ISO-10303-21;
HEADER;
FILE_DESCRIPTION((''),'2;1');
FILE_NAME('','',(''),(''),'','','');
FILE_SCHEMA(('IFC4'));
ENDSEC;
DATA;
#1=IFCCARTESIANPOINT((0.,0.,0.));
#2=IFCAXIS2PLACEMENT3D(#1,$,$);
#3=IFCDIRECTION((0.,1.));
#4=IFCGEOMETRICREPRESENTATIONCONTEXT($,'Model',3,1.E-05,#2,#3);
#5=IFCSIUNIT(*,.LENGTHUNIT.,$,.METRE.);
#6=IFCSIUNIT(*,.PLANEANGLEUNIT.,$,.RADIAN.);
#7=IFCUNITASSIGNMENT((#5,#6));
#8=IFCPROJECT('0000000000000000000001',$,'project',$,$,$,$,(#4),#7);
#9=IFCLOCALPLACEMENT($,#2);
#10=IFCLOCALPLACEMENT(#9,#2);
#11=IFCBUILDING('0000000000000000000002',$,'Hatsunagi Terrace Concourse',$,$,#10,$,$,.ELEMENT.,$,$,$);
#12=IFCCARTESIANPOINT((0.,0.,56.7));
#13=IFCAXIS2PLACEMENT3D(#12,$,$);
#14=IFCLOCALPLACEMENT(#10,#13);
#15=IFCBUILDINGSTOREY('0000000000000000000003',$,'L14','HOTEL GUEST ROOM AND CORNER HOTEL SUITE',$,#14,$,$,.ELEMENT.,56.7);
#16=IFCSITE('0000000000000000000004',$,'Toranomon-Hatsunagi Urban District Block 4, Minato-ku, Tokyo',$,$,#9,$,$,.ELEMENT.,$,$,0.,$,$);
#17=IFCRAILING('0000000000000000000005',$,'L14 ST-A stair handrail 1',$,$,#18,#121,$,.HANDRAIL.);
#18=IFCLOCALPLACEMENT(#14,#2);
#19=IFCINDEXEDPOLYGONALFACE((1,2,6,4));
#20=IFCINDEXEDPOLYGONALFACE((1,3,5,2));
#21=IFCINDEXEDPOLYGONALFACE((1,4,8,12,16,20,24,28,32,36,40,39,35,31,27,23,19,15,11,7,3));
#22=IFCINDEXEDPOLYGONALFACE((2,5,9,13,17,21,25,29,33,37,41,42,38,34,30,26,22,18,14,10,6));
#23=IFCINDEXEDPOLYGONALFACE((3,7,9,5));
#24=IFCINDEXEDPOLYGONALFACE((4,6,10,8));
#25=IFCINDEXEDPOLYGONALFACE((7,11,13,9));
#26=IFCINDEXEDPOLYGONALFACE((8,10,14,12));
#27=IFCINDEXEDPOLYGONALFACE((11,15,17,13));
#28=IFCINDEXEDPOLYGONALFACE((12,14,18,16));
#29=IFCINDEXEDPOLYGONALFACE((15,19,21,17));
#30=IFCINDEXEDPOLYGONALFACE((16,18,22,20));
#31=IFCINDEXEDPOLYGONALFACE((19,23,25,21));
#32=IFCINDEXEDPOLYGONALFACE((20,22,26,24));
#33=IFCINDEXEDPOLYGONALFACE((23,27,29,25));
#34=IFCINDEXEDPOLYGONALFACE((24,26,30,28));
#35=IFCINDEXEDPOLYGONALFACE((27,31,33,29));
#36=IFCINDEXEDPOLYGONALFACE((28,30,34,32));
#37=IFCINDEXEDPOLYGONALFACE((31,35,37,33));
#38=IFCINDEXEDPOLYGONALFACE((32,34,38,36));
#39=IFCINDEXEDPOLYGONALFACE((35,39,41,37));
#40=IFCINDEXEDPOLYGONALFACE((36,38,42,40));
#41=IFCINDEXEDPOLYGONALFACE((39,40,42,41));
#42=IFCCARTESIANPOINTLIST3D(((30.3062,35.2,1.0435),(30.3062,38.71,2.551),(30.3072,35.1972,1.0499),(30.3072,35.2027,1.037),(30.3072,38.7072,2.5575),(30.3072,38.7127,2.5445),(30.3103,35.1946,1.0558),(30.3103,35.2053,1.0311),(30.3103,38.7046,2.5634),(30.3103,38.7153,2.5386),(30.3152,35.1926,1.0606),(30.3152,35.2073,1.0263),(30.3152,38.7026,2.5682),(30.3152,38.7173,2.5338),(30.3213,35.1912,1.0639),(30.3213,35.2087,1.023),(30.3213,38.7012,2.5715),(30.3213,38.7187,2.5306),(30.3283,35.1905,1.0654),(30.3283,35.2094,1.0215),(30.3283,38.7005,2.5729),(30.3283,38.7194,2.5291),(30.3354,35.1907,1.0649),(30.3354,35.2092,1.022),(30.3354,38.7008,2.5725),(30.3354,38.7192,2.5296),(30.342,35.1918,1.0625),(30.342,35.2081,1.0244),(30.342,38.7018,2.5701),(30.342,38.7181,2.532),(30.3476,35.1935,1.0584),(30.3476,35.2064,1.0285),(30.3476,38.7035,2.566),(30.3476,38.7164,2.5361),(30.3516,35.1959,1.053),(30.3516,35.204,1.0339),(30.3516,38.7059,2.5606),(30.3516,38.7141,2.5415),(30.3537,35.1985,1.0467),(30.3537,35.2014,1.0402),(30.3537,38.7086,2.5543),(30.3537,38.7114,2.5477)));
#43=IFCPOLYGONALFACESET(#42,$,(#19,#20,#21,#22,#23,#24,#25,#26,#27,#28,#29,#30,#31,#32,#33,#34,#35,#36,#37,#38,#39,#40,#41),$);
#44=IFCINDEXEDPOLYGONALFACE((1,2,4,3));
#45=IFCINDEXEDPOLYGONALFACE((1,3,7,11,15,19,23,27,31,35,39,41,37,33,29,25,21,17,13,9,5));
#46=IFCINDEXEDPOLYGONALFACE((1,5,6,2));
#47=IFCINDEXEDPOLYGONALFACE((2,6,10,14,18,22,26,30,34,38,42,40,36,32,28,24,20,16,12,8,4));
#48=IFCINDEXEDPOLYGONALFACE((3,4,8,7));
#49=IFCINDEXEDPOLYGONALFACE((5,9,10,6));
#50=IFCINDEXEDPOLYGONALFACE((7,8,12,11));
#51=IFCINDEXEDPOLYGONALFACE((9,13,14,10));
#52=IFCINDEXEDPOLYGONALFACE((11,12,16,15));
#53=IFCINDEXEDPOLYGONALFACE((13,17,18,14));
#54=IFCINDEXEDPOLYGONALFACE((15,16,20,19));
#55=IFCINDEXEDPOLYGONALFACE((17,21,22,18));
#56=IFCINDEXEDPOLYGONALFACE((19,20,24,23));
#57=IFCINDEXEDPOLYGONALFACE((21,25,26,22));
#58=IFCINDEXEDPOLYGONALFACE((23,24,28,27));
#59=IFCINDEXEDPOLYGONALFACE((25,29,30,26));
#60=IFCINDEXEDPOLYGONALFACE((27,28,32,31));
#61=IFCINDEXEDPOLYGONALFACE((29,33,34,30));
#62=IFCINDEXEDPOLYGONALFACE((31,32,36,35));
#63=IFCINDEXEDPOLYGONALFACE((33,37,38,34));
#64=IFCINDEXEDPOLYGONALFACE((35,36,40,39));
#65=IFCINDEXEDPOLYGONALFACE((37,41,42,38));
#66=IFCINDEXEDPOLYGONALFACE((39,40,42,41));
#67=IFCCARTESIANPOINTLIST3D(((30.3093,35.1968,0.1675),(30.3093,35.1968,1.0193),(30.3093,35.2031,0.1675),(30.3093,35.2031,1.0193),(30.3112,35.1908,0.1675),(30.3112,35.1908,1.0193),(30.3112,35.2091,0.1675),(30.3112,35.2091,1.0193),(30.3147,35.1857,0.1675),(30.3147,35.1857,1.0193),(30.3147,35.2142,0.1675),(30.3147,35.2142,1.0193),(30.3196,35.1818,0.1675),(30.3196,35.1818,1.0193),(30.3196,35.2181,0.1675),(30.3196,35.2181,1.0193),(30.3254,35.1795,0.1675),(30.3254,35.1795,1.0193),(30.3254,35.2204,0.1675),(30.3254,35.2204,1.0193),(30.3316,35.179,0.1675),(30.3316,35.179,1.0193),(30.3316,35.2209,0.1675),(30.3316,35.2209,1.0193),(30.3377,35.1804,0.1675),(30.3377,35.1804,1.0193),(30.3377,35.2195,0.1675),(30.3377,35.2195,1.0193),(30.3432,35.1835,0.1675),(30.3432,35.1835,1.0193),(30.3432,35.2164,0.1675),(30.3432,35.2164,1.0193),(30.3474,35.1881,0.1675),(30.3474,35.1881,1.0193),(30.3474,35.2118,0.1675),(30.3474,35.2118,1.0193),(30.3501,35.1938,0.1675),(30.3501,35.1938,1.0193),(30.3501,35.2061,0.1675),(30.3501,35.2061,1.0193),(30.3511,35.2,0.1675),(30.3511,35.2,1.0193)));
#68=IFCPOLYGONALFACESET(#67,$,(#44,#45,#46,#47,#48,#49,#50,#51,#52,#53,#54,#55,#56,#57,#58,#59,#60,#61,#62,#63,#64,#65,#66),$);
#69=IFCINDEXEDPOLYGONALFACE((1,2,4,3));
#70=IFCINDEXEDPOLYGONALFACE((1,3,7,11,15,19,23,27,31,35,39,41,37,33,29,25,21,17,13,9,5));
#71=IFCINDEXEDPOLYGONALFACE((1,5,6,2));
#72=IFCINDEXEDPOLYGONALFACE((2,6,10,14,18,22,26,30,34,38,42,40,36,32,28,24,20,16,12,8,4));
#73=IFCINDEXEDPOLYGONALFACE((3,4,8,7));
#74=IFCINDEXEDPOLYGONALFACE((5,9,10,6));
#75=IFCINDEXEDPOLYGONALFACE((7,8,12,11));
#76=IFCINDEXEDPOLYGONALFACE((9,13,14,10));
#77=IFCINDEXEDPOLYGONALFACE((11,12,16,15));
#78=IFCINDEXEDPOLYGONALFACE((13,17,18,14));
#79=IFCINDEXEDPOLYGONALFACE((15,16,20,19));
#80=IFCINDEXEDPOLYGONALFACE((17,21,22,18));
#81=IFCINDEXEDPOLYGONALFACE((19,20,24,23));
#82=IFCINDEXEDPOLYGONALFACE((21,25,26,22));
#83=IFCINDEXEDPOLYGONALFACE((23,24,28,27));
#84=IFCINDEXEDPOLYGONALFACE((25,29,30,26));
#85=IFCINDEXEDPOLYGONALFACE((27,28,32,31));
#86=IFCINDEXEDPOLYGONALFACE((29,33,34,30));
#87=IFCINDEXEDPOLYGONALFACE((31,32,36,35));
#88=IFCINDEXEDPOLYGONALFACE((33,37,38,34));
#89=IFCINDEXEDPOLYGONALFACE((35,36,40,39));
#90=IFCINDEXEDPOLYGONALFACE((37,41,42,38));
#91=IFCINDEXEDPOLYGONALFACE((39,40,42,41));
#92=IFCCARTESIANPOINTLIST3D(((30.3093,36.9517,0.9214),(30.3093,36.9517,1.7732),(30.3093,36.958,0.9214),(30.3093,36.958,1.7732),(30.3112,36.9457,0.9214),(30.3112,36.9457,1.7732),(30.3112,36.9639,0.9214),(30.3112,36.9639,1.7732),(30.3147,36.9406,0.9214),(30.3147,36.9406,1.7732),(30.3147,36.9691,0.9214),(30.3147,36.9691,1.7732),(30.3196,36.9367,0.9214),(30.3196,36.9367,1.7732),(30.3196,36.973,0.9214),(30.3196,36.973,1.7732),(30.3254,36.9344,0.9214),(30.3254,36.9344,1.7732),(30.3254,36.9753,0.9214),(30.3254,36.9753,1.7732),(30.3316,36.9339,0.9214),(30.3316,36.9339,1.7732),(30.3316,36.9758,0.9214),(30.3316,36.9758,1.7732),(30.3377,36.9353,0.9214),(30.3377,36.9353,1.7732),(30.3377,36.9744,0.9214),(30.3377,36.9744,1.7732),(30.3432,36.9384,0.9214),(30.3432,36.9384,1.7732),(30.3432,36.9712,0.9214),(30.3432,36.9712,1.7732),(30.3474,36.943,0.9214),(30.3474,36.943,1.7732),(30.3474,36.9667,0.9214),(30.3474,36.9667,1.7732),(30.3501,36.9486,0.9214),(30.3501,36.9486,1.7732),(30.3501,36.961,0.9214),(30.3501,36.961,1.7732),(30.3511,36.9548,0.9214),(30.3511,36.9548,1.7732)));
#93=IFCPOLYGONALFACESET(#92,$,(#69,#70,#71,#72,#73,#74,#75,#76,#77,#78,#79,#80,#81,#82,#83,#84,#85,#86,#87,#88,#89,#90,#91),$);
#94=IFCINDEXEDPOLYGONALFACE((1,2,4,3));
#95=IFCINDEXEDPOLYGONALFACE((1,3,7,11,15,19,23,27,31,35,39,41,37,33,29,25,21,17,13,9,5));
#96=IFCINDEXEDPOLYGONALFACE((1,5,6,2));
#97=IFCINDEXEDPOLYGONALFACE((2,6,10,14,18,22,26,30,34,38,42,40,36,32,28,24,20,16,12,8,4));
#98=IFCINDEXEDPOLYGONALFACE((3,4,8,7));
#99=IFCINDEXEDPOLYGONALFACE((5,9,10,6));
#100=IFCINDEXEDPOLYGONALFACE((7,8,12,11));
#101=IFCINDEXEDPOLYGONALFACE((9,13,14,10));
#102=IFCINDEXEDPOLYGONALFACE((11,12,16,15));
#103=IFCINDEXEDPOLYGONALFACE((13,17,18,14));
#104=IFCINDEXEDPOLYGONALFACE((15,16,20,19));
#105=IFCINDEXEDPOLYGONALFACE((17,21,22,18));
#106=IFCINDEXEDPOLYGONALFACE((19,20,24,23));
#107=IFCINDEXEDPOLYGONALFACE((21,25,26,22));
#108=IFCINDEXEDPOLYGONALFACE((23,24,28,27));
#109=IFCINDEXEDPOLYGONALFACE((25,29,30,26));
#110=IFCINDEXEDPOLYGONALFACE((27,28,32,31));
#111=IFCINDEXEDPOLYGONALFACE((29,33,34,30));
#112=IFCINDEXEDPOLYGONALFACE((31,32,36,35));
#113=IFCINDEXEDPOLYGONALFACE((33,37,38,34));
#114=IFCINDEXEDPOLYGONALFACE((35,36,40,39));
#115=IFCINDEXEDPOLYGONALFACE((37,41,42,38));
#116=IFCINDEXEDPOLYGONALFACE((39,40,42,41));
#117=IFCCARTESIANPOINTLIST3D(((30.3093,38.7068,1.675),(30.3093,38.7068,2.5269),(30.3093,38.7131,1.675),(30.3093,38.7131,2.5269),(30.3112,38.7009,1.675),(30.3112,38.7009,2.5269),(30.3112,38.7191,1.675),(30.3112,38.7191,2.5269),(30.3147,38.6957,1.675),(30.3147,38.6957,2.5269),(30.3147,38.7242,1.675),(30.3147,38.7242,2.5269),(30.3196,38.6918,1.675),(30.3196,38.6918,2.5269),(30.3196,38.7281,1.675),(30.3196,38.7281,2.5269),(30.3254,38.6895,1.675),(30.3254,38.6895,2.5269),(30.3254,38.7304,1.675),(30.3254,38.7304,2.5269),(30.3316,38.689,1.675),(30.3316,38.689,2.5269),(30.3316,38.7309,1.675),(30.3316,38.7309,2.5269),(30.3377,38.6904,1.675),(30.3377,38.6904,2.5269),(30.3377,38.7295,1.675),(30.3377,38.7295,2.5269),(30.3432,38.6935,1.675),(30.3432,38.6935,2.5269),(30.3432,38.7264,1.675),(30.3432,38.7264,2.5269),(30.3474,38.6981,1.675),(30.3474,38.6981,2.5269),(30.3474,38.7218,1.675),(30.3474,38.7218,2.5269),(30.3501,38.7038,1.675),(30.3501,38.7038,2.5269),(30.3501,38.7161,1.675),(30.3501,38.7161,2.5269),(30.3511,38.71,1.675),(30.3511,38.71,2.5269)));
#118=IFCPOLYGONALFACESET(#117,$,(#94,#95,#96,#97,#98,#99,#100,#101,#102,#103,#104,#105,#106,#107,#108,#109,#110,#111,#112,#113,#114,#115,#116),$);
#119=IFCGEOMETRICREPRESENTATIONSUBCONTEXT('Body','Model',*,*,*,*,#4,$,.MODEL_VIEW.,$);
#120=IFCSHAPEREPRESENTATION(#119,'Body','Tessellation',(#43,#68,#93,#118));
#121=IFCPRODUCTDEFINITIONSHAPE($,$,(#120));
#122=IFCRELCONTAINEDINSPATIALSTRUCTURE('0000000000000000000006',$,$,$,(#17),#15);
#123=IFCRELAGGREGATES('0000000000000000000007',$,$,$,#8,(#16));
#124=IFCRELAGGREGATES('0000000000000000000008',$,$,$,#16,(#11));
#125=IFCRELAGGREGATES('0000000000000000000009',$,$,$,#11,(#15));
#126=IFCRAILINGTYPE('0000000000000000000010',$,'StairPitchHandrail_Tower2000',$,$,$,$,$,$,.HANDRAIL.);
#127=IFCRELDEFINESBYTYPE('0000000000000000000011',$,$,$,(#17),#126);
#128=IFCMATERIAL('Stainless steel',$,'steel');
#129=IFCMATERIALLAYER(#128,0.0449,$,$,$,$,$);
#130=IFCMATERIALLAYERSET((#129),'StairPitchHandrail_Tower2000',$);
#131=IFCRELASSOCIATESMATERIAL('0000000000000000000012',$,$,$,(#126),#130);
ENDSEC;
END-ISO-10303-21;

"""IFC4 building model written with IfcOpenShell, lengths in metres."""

from ifc_helpers import new_model, si_unit, direction, frame, origin, origin_2d, place, context, subcontext, project, spatial, circle, extrude, material, layer, layer_set, type_object, element, save


model = new_model("IFC4")

# Units and contexts
model_context = context("Model", 3, precision=1e-05, world=origin(), true_north=direction((0.0, 1.0)))
body_context = subcontext(model_context, "Body", "Model", "MODEL_VIEW")
ifc_project = project(units=[si_unit("LENGTHUNIT", "METRE"), si_unit("PLANEANGLEUNIT", "RADIAN")], contexts=[model_context])

# Site, building, storey
site_placement = place(None, origin())
site = spatial("IfcSite", under=ifc_project, at=site_placement, Name="Toranomon-Hatsunagi Urban District Block 4, Minato-ku, Tokyo", CompositionType="ELEMENT", RefElevation=0.0)
building_placement = place(site_placement, origin())
building = spatial("IfcBuilding", under=site, at=building_placement, Name="Hatsunagi Terrace Concourse", CompositionType="ELEMENT")
storey_placement = place(building_placement, frame((0.0, 0.0, 56.7)))
storey = spatial("IfcBuildingStorey", under=building, at=storey_placement, Name="L14", Description="HOTEL GUEST ROOM AND CORNER HOTEL SUITE", CompositionType="ELEMENT", Elevation=56.7)

# Railing
ifc_material_1 = material(Name="Stainless steel", Category="steel")
ifc_layer_1 = layer(ifc_material_1, 0.0449)
ifc_layer_set_1 = layer_set([ifc_layer_1], Name="StairPitchHandrail_Tower2000")
railing_type_1 = type_object("IfcRailingType", Name="StairPitchHandrail_Tower2000", PredefinedType="HANDRAIL", material=ifc_layer_set_1)
railing_1_placement = place(storey_placement, frame((30.3301, 35.2, 0.1675)))
element("IfcRailing", 1, at=railing_1_placement, inside=storey, type_object=railing_type_1, Name="L14 ST-A stair handrail 1", PredefinedType="HANDRAIL", context=body_context, shape_type="SweptSolid", body=[
    extrude(circle(Radius=0.0239, at=origin_2d()), frame((0.0, 0.0, 0.876), z_axis=(0.0, 0.918834, 0.394644), x_axis=(-1.0, 0.0, 0.0)), (0.0, 0.0, 1.0), 3.8201),
    extrude(circle(Radius=0.021, at=origin_2d()), origin(), (0.0, 0.0, 1.0), 0.8518),
    extrude(circle(Radius=0.021, at=origin_2d()), frame((0.0, 1.7549, 0.7539)), (0.0, 0.0, 1.0), 0.8518),
    extrude(circle(Radius=0.021, at=origin_2d()), frame((0.0, 3.51, 1.5076)), (0.0, 0.0, 1.0), 0.8518),
])

save(model, "model.ifc")
